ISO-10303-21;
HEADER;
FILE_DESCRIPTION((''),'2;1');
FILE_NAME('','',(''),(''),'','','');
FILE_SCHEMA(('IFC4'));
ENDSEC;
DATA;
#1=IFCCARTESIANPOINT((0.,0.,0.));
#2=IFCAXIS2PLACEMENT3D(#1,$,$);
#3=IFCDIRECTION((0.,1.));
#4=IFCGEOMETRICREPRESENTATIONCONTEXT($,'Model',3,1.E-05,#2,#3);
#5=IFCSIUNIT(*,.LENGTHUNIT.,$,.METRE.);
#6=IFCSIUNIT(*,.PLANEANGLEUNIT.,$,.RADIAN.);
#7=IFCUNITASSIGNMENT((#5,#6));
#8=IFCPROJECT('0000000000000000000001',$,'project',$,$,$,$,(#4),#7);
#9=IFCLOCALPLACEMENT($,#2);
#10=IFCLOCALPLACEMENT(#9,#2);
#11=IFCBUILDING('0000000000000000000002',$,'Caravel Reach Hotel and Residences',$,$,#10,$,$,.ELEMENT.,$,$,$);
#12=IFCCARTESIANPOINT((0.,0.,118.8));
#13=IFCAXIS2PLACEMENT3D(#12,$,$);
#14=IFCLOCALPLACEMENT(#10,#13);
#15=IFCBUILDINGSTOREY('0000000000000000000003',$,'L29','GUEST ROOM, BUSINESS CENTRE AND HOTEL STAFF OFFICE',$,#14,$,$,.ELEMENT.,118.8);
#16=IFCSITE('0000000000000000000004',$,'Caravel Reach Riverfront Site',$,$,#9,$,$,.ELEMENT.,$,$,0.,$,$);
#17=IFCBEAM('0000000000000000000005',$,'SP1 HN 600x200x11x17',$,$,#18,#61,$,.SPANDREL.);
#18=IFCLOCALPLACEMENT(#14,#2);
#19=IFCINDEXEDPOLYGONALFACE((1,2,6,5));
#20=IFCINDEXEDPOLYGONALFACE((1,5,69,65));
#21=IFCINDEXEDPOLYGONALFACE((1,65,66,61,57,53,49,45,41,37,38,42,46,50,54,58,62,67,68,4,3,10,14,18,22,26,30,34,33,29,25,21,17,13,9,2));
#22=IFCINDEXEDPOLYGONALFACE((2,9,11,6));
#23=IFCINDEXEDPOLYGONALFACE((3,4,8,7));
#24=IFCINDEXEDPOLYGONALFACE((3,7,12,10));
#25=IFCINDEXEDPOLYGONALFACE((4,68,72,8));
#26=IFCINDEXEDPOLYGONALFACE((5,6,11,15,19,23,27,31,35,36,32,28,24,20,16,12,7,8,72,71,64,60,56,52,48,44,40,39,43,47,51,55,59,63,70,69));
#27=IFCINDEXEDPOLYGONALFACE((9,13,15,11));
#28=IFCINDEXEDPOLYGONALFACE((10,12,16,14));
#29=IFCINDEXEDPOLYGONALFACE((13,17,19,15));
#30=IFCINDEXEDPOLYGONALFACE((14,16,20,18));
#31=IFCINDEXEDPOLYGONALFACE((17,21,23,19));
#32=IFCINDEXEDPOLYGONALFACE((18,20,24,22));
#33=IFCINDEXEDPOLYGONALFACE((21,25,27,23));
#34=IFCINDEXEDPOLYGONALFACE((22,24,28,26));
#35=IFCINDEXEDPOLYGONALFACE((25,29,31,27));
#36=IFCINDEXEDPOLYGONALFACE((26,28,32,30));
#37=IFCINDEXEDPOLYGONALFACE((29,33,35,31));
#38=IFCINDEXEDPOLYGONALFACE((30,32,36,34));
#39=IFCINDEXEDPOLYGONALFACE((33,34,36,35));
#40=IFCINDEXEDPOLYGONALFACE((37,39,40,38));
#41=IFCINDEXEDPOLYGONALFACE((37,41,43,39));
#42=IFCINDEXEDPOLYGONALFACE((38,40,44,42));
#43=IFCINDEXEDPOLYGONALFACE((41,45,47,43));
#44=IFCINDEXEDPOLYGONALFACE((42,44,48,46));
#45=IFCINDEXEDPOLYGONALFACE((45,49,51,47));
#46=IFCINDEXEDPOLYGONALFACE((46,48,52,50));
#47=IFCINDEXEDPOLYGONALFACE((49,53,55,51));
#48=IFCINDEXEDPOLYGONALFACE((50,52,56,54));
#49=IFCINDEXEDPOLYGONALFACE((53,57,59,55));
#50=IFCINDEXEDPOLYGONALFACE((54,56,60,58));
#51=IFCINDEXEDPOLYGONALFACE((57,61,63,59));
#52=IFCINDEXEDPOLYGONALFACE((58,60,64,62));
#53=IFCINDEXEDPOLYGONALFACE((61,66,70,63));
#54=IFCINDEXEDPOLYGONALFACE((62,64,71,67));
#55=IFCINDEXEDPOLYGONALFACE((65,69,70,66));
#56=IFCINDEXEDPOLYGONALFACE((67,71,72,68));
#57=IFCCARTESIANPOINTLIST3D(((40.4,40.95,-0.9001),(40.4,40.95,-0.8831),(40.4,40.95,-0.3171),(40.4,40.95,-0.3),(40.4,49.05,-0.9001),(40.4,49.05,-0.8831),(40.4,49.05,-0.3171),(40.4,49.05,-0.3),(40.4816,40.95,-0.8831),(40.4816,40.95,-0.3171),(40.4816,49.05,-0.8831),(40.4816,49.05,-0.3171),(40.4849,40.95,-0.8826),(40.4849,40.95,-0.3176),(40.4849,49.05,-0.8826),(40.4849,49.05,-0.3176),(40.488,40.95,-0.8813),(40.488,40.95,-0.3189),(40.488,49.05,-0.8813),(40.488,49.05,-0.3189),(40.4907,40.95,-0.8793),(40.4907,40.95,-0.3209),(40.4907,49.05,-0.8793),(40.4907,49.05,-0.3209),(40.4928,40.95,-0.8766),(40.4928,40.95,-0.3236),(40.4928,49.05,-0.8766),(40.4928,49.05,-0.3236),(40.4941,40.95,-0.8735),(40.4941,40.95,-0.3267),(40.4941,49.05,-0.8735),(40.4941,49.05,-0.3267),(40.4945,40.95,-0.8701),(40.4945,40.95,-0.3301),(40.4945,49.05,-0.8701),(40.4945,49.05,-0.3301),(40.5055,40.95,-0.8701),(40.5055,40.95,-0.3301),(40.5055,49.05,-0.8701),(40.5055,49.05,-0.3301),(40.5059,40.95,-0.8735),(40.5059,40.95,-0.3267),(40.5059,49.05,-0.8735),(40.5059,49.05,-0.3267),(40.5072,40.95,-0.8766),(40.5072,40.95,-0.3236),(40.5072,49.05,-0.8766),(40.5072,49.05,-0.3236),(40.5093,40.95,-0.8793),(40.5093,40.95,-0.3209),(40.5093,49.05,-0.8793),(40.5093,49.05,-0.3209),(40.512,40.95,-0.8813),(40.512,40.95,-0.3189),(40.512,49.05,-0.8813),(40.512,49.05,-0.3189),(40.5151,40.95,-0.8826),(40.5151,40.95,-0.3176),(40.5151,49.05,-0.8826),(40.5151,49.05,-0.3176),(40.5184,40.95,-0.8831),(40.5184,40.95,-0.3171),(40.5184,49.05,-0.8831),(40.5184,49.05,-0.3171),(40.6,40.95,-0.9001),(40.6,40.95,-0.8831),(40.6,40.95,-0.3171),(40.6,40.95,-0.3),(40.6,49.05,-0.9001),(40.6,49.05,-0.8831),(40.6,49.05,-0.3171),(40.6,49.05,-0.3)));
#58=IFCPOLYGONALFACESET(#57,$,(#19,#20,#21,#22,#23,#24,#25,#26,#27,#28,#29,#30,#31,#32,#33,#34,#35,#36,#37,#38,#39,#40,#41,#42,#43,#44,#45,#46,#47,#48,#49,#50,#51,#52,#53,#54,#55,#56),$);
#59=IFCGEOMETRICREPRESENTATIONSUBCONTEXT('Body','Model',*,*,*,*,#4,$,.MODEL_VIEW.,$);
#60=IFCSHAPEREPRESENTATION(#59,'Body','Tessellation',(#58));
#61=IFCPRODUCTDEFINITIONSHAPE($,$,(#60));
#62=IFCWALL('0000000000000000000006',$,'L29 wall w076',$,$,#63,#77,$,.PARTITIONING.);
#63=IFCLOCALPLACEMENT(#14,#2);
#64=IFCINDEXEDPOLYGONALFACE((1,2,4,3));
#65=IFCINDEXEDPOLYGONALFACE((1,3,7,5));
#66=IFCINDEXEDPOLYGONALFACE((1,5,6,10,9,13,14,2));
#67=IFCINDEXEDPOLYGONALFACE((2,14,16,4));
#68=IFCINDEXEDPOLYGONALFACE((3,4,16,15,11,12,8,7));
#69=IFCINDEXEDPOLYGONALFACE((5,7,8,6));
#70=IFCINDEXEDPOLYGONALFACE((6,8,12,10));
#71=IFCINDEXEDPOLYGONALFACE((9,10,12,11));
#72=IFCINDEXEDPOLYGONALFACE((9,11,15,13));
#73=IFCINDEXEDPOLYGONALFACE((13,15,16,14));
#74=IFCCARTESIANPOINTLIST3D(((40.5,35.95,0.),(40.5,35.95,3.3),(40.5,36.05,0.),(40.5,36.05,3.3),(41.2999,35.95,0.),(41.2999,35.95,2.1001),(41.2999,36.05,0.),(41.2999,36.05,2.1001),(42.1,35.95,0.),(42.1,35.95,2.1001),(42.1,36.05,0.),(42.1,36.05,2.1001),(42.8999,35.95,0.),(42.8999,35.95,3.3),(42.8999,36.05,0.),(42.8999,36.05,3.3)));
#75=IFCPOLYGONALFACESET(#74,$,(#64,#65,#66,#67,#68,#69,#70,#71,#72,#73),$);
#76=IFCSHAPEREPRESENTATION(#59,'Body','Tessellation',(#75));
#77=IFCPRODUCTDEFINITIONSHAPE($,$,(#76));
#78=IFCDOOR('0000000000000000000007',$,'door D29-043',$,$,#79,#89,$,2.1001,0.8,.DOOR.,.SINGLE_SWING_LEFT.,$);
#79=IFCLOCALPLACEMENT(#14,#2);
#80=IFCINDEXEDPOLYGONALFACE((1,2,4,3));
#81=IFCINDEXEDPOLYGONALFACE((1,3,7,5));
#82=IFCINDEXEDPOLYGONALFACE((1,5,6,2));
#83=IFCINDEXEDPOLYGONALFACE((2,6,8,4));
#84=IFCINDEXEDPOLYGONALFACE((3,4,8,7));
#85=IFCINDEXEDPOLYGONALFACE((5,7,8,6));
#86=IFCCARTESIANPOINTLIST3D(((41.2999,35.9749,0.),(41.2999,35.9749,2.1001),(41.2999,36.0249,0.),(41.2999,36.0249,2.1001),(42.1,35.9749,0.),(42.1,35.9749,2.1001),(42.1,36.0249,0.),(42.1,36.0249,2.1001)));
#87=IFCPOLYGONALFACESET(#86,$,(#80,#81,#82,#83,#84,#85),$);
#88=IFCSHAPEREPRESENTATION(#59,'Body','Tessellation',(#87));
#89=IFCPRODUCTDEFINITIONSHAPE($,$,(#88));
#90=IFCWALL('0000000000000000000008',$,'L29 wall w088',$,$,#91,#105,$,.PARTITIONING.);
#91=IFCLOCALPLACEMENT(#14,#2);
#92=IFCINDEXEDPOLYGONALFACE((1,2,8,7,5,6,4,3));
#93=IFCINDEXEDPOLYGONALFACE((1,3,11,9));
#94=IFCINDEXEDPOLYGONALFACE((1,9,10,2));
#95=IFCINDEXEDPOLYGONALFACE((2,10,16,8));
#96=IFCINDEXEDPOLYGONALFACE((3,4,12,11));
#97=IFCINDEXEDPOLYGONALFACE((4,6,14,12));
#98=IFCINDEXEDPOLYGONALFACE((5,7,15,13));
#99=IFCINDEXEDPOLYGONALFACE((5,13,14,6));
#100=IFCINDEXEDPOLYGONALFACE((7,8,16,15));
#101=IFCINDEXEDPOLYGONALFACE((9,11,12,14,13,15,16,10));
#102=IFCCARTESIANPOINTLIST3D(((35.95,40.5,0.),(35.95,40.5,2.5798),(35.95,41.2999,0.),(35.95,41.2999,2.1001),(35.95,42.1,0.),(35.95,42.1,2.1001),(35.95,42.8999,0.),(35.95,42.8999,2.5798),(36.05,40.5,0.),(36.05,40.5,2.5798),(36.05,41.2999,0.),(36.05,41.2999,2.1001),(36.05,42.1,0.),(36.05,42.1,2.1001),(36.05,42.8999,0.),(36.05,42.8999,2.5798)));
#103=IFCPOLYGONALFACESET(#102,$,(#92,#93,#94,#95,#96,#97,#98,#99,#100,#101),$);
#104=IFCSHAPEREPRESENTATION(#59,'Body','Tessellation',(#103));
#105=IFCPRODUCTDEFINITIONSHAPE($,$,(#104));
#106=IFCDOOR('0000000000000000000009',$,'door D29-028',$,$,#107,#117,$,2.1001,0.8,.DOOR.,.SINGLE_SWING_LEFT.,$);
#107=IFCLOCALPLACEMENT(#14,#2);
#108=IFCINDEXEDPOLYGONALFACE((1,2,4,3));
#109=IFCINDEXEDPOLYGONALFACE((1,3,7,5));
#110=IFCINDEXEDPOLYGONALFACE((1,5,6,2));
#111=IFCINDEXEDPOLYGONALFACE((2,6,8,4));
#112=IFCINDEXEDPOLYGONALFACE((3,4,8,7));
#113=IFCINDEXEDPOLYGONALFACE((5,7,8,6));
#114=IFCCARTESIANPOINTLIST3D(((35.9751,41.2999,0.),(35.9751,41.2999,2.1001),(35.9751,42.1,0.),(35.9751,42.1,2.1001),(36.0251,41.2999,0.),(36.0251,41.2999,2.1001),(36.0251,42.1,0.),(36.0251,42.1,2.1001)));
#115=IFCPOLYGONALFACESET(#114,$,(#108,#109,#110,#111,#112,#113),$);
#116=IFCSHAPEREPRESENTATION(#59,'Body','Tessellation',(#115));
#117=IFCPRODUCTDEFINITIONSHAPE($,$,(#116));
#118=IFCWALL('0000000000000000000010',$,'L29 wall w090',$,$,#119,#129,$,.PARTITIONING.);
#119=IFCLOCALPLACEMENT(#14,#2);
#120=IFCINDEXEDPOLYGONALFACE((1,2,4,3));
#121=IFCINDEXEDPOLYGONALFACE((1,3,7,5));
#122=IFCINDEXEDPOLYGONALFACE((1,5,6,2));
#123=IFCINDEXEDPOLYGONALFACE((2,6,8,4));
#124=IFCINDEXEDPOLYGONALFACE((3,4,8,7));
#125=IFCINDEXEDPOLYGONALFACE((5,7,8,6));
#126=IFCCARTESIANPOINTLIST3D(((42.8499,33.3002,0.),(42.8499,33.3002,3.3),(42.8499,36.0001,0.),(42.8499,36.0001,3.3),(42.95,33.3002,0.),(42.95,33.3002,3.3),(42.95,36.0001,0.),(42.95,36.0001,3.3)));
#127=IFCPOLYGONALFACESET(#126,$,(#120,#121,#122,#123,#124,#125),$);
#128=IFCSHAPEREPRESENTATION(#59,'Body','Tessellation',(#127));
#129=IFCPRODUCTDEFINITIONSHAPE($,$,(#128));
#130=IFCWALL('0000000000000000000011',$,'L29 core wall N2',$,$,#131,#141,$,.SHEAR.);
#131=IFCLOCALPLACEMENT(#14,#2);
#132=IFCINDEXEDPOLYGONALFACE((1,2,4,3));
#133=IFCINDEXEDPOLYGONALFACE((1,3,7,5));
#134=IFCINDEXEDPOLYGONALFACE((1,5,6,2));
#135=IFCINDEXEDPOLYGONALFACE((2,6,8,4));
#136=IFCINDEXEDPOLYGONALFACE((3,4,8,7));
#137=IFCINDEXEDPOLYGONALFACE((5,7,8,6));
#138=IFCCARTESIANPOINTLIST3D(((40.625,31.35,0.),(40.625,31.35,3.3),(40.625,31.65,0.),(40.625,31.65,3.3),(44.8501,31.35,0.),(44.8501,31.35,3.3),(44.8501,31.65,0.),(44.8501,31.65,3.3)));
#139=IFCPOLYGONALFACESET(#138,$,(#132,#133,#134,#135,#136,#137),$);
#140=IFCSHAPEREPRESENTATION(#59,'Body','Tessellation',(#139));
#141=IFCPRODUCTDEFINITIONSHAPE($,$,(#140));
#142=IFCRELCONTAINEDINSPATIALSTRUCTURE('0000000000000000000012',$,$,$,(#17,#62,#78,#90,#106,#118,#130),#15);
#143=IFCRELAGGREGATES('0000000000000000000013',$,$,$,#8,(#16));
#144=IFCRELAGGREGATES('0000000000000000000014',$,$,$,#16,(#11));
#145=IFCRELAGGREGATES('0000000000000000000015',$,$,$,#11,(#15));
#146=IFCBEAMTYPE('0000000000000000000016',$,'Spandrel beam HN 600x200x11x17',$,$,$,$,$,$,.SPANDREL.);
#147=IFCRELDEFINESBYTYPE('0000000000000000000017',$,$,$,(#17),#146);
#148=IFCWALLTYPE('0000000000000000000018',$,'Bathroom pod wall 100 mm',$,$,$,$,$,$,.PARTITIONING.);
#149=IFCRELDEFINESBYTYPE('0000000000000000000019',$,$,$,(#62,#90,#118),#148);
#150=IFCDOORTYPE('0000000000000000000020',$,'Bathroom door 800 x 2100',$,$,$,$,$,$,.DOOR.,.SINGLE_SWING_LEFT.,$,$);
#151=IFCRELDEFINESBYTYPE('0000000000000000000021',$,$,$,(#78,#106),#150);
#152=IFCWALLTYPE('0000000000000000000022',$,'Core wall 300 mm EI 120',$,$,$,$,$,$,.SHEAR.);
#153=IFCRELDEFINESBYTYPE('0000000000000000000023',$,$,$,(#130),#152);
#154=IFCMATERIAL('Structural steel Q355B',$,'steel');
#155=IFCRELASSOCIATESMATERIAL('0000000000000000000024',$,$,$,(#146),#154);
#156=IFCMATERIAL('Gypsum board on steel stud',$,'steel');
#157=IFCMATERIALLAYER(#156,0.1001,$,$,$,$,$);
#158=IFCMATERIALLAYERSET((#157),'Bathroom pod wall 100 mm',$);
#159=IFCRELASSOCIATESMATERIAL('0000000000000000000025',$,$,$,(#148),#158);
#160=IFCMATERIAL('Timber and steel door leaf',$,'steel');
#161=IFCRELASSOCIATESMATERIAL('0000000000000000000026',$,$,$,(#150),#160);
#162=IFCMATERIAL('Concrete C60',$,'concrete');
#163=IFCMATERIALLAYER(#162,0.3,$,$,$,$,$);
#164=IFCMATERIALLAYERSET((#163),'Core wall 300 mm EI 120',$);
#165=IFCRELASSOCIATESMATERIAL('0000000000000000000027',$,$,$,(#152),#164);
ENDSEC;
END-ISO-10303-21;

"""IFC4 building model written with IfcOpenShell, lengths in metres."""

from ifc_helpers import new_model, si_unit, direction, frame, frame_2d, origin, origin_2d, place, context, subcontext, project, spatial, rectangle, i_section, extrude, material, layer, layer_set, material_profile, profile_set, type_object, element, fill, save


model = new_model("IFC4")

# Units and contexts
model_context = context("Model", 3, precision=1e-05, world=origin(), true_north=direction((0.0, 1.0)))
body_context = subcontext(model_context, "Body", "Model", "MODEL_VIEW")
ifc_project = project(units=[si_unit("LENGTHUNIT", "METRE"), si_unit("PLANEANGLEUNIT", "RADIAN")], contexts=[model_context])

# Site, building, storey
site_placement = place(None, origin())
site = spatial("IfcSite", under=ifc_project, at=site_placement, Name="Caravel Reach Riverfront Site", CompositionType="ELEMENT", RefElevation=0.0)
building_placement = place(site_placement, origin())
building = spatial("IfcBuilding", under=site, at=building_placement, Name="Caravel Reach Hotel and Residences", CompositionType="ELEMENT")
storey_placement = place(building_placement, frame((0.0, 0.0, 118.8)))
storey = spatial("IfcBuildingStorey", under=building, at=storey_placement, Name="L29", Description="GUEST ROOM, BUSINESS CENTRE AND HOTEL STAFF OFFICE", CompositionType="ELEMENT", Elevation=118.8)

# Beam
ifc_material_1 = material(Name="Structural steel Q355B", Category="steel")
ifc_material_profile_1 = material_profile(ifc_material_1, i_section(OverallWidth=0.2, OverallDepth=0.6001, WebThickness=0.011, FlangeThickness=0.0171, FilletRadius=0.0129, at=origin_2d()), Name="HN 600x200x11x17")
ifc_profile_set_1 = profile_set([ifc_material_profile_1], Name="Structural steel Q355B")
beam_type_1 = type_object("IfcBeamType", Name="Spandrel beam HN 600x200x11x17", PredefinedType="SPANDREL", material=ifc_profile_set_1)
beam_1_placement = place(storey_placement, frame((40.5, 40.95, -0.6001), z_axis=(0.0, 1.0, 0.0), x_axis=(-1.0, 0.0, 0.0)))
element("IfcBeam", 1, at=beam_1_placement, inside=storey, type_object=beam_type_1, Name="SP1 HN 600x200x11x17", PredefinedType="SPANDREL", context=body_context, shape_type="SweptSolid", body=[
    extrude(i_section(OverallWidth=0.2, OverallDepth=0.6001, WebThickness=0.011, FlangeThickness=0.0171, FilletRadius=0.0129, at=origin_2d()), origin(), (0.0, 0.0, 1.0), 8.1001),
])

# Walls, openings, doors
ifc_material_2 = material(Name="Gypsum board on steel stud", Category="steel")
ifc_layer_1 = layer(ifc_material_2, 0.1001)
ifc_layer_set_1 = layer_set([ifc_layer_1], Name="Bathroom pod wall 100 mm")
wall_type_1 = type_object("IfcWallType", Name="Bathroom pod wall 100 mm", PredefinedType="PARTITIONING", material=ifc_layer_set_1)
wall_1_placement = place(storey_placement, frame((40.5, 36.0, 0.0), z_axis=(0.0, 0.0, 1.0), x_axis=(1.0, 0.0, 0.0)))
wall_1 = element("IfcWall", 2, at=wall_1_placement, inside=storey, type_object=wall_type_1, Name="L29 wall w076", PredefinedType="PARTITIONING", context=body_context, shape_type="SweptSolid", body=[
    extrude(rectangle(XDim=2.3999, YDim=0.1001, at=frame_2d((1.2, 0.0))), origin(), (0.0, 0.0, 1.0), 3.3),
])
opening_1_placement = place(wall_1_placement, frame((0.8, 0.0, 0.0)))
opening_1 = element("IfcOpeningElement", 3, at=opening_1_placement, cuts=wall_1, PredefinedType="OPENING", context=body_context, shape_type="SweptSolid", body=[
    extrude(rectangle(XDim=0.8, YDim=2.1001, at=frame_2d((0.3999, 1.05))), frame((0.0, 0.0601, 0.0), z_axis=(0.0, -1.0, 0.0), x_axis=(1.0, 0.0, 0.0)), (0.0, 0.0, 1.0), 0.1201),
])
ifc_material_3 = material(Name="Timber and steel door leaf", Category="steel")
door_type_1 = type_object("IfcDoorType", Name="Bathroom door 800 x 2100", OperationType="SINGLE_SWING_LEFT", PredefinedType="DOOR", material=ifc_material_3)
door_1_placement = place(opening_1_placement, origin())
door_1 = element("IfcDoor", 4, at=door_1_placement, inside=storey, type_object=door_type_1, Name="door D29-043", OperationType="SINGLE_SWING_LEFT", OverallHeight=2.1001, OverallWidth=0.8, PredefinedType="DOOR", context=body_context, shape_type="SweptSolid", body=[
    extrude(rectangle(XDim=0.8, YDim=2.1001, at=frame_2d((0.3999, 1.05))), frame((0.0, 0.0249, 0.0), z_axis=(0.0, -1.0, 0.0), x_axis=(1.0, 0.0, 0.0)), (0.0, 0.0, 1.0), 0.05),
])
fill(opening_1, door_1)
wall_2_placement = place(storey_placement, frame((36.0, 40.5, 0.0), z_axis=(0.0, 0.0, 1.0), x_axis=(0.0, 1.0, 0.0)))
wall_2 = element("IfcWall", 5, at=wall_2_placement, inside=storey, type_object=wall_type_1, Name="L29 wall w088", PredefinedType="PARTITIONING", context=body_context, shape_type="SweptSolid", body=[
    extrude(rectangle(XDim=2.3999, YDim=0.1001, at=frame_2d((1.2, 0.0))), origin(), (0.0, 0.0, 1.0), 2.5798),
])
opening_2_placement = place(wall_2_placement, frame((0.8, 0.0, 0.0)))
opening_2 = element("IfcOpeningElement", 6, at=opening_2_placement, cuts=wall_2, PredefinedType="OPENING", context=body_context, shape_type="SweptSolid", body=[
    extrude(rectangle(XDim=0.8, YDim=2.1001, at=frame_2d((0.3999, 1.05))), frame((0.0, 0.0601, 0.0), z_axis=(0.0, -1.0, 0.0), x_axis=(1.0, 0.0, 0.0)), (0.0, 0.0, 1.0), 0.1201),
])
door_2_placement = place(opening_2_placement, origin())
door_2 = element("IfcDoor", 7, at=door_2_placement, inside=storey, type_object=door_type_1, Name="door D29-028", OperationType="SINGLE_SWING_LEFT", OverallHeight=2.1001, OverallWidth=0.8, PredefinedType="DOOR", context=body_context, shape_type="SweptSolid", body=[
    extrude(rectangle(XDim=0.8, YDim=2.1001, at=frame_2d((0.3999, 1.05))), frame((0.0, 0.0249, 0.0), z_axis=(0.0, -1.0, 0.0), x_axis=(1.0, 0.0, 0.0)), (0.0, 0.0, 1.0), 0.05),
])
fill(opening_2, door_2)

# Walls
wall_3_placement = place(storey_placement, frame((42.8999, 33.3, 0.0), z_axis=(0.0, 0.0, 1.0), x_axis=(0.0, 1.0, 0.0)))
element("IfcWall", 8, at=wall_3_placement, inside=storey, type_object=wall_type_1, Name="L29 wall w090", PredefinedType="PARTITIONING", context=body_context, shape_type="SweptSolid", body=[
    extrude(rectangle(XDim=2.7, YDim=0.1001, at=frame_2d((1.3501, 0.0))), origin(), (0.0, 0.0, 1.0), 3.3),
])
ifc_material_4 = material(Name="Concrete C60", Category="concrete")
ifc_layer_2 = layer(ifc_material_4, 0.3)
ifc_layer_set_2 = layer_set([ifc_layer_2], Name="Core wall 300 mm EI 120")
wall_type_2 = type_object("IfcWallType", Name="Core wall 300 mm EI 120", PredefinedType="SHEAR", material=ifc_layer_set_2)
wall_4_placement = place(storey_placement, frame((40.625, 31.5, 0.0), z_axis=(0.0, 0.0, 1.0), x_axis=(1.0, 0.0, 0.0)))
element("IfcWall", 9, at=wall_4_placement, inside=storey, type_object=wall_type_2, Name="L29 core wall N2", PredefinedType="SHEAR", context=body_context, shape_type="SweptSolid", body=[
    extrude(rectangle(XDim=4.2251, YDim=0.3, at=frame_2d((2.1125, 0.0))), origin(), (0.0, 0.0, 1.0), 3.3),
])

save(model, "model.ifc")
